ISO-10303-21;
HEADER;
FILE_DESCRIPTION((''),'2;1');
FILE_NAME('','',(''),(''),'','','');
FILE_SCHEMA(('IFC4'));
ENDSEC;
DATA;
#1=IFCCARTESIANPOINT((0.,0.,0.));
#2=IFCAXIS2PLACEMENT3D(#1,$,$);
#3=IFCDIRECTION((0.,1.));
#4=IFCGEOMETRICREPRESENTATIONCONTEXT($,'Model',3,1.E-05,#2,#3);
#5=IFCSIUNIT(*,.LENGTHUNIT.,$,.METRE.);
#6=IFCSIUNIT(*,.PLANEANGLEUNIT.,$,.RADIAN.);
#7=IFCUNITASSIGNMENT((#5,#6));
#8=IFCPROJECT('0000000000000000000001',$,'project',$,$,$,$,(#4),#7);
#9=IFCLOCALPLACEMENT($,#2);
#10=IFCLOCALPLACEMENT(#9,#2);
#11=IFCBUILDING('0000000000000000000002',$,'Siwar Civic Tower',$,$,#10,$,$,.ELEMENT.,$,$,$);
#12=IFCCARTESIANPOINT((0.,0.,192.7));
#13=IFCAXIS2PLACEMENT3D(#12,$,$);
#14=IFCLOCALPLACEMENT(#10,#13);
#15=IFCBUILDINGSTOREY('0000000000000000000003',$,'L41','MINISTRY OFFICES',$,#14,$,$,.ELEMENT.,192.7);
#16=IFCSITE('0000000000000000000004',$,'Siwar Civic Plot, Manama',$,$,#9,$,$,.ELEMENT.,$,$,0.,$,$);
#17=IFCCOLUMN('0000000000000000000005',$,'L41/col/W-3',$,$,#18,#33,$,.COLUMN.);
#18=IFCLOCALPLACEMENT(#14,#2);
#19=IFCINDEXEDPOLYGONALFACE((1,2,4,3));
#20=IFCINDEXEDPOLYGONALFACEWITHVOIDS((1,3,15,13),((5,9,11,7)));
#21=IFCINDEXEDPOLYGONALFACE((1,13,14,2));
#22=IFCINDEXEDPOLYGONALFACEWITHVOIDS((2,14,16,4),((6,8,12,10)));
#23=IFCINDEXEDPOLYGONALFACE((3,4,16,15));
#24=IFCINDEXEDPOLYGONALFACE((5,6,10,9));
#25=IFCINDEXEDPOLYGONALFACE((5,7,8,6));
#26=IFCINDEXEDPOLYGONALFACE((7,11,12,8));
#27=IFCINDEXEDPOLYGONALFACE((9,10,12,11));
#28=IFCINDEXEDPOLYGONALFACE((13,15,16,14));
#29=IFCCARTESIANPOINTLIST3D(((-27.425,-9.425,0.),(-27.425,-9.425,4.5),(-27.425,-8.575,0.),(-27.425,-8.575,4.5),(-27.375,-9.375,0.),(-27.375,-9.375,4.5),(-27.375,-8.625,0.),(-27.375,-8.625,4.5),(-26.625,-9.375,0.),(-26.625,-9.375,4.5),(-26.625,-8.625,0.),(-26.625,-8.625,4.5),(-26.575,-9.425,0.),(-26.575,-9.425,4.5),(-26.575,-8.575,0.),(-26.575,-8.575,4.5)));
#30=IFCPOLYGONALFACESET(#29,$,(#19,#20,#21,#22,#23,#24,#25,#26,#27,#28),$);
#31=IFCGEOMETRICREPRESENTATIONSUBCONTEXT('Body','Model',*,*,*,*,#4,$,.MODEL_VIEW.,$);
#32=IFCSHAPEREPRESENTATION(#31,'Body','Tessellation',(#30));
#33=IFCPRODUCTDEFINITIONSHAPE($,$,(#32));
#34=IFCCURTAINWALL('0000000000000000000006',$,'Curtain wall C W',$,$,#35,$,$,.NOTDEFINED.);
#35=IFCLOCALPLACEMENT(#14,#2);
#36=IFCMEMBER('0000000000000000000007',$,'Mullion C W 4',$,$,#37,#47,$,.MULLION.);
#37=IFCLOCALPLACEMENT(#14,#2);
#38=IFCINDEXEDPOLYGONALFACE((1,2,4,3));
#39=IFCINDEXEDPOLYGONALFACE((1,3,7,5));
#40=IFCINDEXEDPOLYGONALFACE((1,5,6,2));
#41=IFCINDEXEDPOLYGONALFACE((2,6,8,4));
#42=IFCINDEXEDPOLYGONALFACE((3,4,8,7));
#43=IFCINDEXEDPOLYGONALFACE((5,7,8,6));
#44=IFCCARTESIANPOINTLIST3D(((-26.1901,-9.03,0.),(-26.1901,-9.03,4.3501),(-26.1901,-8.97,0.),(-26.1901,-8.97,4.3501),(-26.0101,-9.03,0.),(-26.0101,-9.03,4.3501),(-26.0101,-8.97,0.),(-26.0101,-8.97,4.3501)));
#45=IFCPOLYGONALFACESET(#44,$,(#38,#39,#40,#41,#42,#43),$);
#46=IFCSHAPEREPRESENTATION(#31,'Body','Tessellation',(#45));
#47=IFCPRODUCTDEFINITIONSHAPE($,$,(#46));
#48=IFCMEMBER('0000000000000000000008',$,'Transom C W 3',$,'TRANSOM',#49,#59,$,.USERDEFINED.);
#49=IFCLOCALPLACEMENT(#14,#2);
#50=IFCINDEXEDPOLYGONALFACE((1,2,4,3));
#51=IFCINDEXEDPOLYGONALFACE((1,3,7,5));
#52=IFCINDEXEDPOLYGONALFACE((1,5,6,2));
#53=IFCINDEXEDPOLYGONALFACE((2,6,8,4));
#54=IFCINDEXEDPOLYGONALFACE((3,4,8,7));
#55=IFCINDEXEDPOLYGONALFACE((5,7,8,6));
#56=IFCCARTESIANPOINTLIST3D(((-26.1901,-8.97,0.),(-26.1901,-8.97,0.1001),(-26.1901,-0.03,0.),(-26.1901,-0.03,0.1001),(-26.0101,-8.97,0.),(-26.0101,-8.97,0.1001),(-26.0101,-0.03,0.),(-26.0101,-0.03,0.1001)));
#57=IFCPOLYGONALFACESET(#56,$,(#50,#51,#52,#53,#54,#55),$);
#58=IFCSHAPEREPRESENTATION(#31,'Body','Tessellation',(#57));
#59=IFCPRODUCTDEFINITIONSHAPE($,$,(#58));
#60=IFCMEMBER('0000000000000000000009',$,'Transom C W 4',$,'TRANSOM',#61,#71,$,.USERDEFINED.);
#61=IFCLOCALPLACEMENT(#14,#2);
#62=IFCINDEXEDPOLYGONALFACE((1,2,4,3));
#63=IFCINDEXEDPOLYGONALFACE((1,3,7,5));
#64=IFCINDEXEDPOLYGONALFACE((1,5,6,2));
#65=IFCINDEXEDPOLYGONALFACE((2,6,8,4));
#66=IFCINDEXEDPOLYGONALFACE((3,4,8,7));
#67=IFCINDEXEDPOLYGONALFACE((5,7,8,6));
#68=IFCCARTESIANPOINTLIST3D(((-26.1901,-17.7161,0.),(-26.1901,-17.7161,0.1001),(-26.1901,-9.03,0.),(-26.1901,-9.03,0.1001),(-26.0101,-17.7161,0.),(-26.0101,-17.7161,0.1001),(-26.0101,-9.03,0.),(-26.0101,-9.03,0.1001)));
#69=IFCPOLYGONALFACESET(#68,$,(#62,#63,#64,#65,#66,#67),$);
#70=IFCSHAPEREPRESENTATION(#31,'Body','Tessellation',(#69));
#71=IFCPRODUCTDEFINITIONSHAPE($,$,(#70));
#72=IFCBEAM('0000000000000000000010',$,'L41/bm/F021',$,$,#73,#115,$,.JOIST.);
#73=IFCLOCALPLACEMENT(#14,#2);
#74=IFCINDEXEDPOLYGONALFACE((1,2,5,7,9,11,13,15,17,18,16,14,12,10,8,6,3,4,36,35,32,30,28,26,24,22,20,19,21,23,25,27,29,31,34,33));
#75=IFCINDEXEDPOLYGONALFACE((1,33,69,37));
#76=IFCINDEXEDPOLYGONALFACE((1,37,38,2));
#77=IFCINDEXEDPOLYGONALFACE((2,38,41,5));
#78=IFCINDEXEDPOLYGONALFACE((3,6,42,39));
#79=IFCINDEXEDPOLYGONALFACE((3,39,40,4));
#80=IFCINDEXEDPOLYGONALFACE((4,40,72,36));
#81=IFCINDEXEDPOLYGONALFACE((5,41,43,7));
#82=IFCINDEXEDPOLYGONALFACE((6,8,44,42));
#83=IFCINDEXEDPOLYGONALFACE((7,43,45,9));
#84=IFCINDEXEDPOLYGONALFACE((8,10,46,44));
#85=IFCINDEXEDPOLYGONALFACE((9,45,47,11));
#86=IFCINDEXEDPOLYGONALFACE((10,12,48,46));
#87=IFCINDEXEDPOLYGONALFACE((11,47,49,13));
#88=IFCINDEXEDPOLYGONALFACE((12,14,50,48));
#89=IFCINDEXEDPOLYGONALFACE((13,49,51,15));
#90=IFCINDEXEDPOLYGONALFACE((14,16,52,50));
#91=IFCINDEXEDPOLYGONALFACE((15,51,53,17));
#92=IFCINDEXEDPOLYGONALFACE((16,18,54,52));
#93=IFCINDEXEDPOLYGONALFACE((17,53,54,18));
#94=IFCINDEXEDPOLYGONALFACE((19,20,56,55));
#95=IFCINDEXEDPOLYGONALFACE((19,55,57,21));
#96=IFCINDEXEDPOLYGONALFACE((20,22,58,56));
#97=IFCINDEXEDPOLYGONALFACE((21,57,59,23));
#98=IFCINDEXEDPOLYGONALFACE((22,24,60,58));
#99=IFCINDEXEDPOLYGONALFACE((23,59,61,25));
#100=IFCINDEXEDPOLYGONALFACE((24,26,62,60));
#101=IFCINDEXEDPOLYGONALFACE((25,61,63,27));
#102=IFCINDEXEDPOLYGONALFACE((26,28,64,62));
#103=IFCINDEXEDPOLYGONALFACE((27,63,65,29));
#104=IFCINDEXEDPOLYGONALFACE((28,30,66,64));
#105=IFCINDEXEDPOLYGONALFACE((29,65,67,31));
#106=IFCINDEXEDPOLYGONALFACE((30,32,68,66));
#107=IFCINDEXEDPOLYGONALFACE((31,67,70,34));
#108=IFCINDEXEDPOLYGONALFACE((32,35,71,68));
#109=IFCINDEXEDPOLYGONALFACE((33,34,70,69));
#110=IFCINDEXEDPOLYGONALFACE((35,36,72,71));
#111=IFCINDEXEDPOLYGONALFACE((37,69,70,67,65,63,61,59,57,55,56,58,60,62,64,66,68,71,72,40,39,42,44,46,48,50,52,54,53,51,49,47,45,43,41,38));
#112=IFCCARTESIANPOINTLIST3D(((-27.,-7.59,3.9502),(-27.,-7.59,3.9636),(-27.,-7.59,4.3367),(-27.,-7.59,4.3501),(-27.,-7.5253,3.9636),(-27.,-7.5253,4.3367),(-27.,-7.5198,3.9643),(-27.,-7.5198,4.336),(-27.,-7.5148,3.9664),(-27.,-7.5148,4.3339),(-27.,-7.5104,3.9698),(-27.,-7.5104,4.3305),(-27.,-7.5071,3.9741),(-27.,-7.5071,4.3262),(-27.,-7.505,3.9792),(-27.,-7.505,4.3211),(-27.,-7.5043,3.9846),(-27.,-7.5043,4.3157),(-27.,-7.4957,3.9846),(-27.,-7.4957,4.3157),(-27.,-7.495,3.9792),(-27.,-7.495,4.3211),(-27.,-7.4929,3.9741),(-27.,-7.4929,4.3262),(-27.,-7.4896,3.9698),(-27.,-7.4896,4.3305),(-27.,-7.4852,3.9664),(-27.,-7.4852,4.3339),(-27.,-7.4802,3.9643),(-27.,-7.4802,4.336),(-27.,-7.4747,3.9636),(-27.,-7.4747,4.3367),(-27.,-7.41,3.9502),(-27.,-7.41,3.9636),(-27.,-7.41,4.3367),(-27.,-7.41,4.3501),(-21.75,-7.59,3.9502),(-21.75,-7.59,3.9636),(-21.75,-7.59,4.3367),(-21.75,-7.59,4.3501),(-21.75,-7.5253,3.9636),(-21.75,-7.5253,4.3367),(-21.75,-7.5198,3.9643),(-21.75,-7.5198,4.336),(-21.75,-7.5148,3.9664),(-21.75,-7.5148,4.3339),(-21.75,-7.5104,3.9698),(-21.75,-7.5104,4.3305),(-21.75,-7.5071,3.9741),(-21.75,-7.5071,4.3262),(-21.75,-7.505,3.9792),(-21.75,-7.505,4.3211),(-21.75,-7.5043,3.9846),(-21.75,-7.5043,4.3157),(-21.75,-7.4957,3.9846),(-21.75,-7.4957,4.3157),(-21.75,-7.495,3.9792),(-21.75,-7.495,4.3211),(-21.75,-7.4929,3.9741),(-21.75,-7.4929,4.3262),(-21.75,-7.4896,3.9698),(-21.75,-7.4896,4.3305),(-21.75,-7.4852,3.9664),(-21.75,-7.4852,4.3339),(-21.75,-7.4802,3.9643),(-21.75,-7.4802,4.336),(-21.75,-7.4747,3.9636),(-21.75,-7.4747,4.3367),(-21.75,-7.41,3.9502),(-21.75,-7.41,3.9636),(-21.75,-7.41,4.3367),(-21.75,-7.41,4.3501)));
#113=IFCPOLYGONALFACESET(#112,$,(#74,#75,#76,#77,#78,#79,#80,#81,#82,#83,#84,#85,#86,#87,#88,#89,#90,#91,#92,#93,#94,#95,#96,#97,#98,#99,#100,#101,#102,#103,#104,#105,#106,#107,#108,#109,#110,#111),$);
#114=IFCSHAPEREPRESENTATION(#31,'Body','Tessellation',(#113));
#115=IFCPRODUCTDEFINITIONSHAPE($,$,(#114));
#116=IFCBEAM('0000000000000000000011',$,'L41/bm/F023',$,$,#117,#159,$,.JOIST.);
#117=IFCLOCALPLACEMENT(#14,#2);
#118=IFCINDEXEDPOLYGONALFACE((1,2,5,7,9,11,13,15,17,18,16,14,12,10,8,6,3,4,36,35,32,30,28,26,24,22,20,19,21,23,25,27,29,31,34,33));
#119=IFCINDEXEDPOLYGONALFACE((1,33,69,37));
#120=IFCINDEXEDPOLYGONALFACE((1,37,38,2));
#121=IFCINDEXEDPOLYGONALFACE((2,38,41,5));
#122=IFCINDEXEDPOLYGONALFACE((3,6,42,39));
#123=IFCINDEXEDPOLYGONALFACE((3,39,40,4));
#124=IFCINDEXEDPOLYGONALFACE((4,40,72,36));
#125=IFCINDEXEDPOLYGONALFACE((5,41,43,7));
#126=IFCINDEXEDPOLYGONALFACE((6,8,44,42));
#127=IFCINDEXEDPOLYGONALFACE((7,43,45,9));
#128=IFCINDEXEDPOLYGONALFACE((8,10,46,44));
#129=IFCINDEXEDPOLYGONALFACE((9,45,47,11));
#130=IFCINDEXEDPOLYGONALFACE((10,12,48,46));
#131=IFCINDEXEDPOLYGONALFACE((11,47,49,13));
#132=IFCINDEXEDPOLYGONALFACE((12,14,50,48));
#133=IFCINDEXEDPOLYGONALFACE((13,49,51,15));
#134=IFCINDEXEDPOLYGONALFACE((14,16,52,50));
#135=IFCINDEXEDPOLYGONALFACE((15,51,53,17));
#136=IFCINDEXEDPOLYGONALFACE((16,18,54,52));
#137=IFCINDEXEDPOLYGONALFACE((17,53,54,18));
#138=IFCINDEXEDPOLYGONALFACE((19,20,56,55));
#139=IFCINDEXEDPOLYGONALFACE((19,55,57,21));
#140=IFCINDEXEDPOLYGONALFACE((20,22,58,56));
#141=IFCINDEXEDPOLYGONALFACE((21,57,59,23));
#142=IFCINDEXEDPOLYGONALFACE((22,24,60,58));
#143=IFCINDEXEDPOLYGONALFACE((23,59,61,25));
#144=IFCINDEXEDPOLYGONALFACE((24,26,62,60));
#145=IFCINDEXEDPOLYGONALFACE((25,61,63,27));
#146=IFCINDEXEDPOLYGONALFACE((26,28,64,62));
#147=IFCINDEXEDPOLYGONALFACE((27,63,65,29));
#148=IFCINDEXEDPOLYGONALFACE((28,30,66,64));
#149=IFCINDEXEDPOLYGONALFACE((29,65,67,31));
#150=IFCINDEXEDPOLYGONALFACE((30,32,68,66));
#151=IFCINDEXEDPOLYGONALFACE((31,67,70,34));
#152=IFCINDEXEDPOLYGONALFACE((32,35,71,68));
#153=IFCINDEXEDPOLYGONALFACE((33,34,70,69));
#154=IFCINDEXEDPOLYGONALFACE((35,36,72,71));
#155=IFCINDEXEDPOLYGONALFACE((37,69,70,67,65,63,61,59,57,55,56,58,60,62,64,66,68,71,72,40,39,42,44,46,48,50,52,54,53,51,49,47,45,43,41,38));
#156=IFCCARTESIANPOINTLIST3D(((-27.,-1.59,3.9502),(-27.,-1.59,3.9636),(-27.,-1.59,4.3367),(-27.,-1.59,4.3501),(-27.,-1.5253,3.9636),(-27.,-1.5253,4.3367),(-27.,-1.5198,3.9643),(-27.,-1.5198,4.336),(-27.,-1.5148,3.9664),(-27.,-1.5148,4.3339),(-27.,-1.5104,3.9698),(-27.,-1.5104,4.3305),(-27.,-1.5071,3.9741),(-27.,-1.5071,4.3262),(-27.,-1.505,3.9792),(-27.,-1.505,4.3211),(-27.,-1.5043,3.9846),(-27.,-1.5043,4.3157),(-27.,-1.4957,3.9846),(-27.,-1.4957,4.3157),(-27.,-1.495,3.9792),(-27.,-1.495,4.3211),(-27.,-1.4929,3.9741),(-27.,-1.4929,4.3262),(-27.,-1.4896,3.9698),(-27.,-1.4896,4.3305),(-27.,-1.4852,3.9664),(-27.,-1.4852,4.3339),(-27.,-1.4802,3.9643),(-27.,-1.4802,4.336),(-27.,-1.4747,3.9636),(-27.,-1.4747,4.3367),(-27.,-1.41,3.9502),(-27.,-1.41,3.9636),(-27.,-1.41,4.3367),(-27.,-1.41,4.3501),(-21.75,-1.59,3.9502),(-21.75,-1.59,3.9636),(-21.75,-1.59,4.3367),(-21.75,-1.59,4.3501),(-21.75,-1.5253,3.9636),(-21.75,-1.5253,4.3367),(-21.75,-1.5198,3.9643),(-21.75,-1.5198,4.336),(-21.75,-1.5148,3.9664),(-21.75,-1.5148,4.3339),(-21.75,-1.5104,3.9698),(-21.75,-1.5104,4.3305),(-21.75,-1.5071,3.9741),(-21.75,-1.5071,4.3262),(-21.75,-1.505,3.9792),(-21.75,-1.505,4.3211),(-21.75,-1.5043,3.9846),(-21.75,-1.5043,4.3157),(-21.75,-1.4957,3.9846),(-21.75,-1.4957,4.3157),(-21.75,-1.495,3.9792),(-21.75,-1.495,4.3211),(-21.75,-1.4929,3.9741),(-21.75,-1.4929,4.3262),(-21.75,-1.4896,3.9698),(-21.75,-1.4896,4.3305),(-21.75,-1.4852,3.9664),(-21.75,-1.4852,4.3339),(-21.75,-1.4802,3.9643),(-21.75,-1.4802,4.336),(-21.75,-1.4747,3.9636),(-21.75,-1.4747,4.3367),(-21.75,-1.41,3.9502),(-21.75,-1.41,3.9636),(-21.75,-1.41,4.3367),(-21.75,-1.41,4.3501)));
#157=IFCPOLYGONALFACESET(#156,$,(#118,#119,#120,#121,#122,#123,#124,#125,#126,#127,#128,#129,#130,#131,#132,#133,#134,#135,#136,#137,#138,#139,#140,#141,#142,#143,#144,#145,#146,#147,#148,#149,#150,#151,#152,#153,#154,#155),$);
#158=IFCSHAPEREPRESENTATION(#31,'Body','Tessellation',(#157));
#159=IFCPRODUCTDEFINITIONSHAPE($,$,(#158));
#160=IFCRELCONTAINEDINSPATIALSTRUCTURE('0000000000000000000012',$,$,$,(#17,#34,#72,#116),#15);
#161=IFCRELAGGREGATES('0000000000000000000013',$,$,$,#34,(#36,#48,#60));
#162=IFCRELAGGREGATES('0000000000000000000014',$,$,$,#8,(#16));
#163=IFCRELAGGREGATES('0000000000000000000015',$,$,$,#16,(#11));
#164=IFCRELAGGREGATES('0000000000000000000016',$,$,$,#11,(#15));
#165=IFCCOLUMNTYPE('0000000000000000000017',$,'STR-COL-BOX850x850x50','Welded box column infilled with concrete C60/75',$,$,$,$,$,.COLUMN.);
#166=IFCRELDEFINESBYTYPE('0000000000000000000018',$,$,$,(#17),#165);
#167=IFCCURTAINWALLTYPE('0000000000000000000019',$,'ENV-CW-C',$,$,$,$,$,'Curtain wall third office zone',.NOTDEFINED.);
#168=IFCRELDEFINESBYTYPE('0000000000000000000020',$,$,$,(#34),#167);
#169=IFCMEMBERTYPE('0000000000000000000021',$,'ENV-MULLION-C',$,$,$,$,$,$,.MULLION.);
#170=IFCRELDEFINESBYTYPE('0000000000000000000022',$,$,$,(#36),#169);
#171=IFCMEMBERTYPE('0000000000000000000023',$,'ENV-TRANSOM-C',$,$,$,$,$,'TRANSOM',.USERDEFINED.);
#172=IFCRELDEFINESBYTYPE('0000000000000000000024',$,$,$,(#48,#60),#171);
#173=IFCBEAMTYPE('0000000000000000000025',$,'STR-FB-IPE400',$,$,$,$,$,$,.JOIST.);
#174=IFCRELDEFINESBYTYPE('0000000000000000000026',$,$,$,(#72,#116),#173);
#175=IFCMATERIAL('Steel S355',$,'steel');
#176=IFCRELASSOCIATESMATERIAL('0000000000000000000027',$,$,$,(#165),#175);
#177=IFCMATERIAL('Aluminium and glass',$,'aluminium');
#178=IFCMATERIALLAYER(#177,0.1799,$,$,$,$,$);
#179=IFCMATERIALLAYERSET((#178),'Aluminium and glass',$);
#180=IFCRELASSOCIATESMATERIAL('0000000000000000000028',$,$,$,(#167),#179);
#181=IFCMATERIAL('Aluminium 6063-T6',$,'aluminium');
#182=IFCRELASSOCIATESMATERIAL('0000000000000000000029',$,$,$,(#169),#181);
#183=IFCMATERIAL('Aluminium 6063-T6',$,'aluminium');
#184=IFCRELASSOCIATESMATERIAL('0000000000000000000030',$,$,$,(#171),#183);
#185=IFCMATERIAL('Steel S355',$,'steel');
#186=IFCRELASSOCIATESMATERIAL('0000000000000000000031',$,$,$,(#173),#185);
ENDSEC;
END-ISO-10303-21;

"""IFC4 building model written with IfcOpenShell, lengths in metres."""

from ifc_helpers import new_model, si_unit, direction, frame, origin, origin_2d, place, context, subcontext, project, spatial, rectangle, hollow_rectangle, i_section, extrude, material, layer, layer_set, material_profile, profile_set, type_object, element, aggregate, save


model = new_model("IFC4")

# Units and contexts
model_context = context("Model", 3, precision=1e-05, world=origin(), true_north=direction((0.0, 1.0)))
body_context = subcontext(model_context, "Body", "Model", "MODEL_VIEW")
ifc_project = project(units=[si_unit("LENGTHUNIT", "METRE"), si_unit("PLANEANGLEUNIT", "RADIAN")], contexts=[model_context])

# Site, building, storey
site_placement = place(None, origin())
site = spatial("IfcSite", under=ifc_project, at=site_placement, Name="Siwar Civic Plot, Manama", CompositionType="ELEMENT", RefElevation=0.0)
building_placement = place(site_placement, origin())
building = spatial("IfcBuilding", under=site, at=building_placement, Name="Siwar Civic Tower", CompositionType="ELEMENT")
storey_placement = place(building_placement, frame((0.0, 0.0, 192.7)))
storey = spatial("IfcBuildingStorey", under=building, at=storey_placement, Name="L41", Description="MINISTRY OFFICES", CompositionType="ELEMENT", Elevation=192.7)

# Column
ifc_material_1 = material(Name="Steel S355", Category="steel")
ifc_material_profile_1 = material_profile(ifc_material_1, hollow_rectangle(XDim=0.8501, YDim=0.8501, WallThickness=0.05, at=origin_2d()), Name="BOX850x850x50")
ifc_profile_set_1 = profile_set([ifc_material_profile_1], Name="Steel S355")
column_type = type_object("IfcColumnType", Name="STR-COL-BOX850x850x50", Description="Welded box column infilled with concrete C60/75", PredefinedType="COLUMN", material=ifc_profile_set_1)
column_placement = place(storey_placement, frame((-27.0, -9.0, 0.0), z_axis=(0.0, 0.0, 1.0), x_axis=(1.0, 0.0, 0.0)))
element("IfcColumn", 1, at=column_placement, inside=storey, type_object=column_type, Name="L41/col/W-3", PredefinedType="COLUMN", context=body_context, shape_type="SweptSolid", body=[
    extrude(hollow_rectangle(XDim=0.8501, YDim=0.8501, WallThickness=0.05, at=origin_2d()), origin(), (0.0, 0.0, 1.0), 4.5),
])

# Curtain wall, members
ifc_material_2 = material(Name="Aluminium and glass", Category="aluminium")
ifc_layer_1 = layer(ifc_material_2, 0.1799)
ifc_layer_set_1 = layer_set([ifc_layer_1], Name="Aluminium and glass")
curtain_wall_type = type_object("IfcCurtainWallType", Name="ENV-CW-C", ElementType="Curtain wall third office zone", PredefinedType="NOTDEFINED", material=ifc_layer_set_1)
curtain_wall_placement = place(storey_placement, origin())
curtain_wall = element("IfcCurtainWall", 2, at=curtain_wall_placement, inside=storey, type_object=curtain_wall_type, Name="Curtain wall C W", PredefinedType="NOTDEFINED")
ifc_material_3 = material(Name="Aluminium 6063-T6", Category="aluminium")
ifc_material_profile_2 = material_profile(ifc_material_3, rectangle(XDim=0.1799, YDim=0.0601, at=origin_2d()), Name="AL 180x60")
ifc_profile_set_2 = profile_set([ifc_material_profile_2], Name="Aluminium 6063-T6")
member_type_1 = type_object("IfcMemberType", Name="ENV-MULLION-C", PredefinedType="MULLION", material=ifc_profile_set_2)
member_1_placement = place(storey_placement, frame((-26.1001, -9.0, 0.0), z_axis=(0.0, 0.0, 1.0), x_axis=(1.0, 0.0, 0.0)))
member_1 = element("IfcMember", 3, at=member_1_placement, type_object=member_type_1, Name="Mullion C W 4", PredefinedType="MULLION", context=body_context, shape_type="SweptSolid", body=[
    extrude(rectangle(XDim=0.1799, YDim=0.0601, at=origin_2d()), origin(), (0.0, 0.0, 1.0), 4.3501),
])
ifc_material_4 = material(Name="Aluminium 6063-T6", Category="aluminium")
ifc_material_profile_3 = material_profile(ifc_material_4, rectangle(XDim=0.1799, YDim=0.1001, at=origin_2d()), Name="AL 180x100")
ifc_profile_set_3 = profile_set([ifc_material_profile_3], Name="Aluminium 6063-T6")
member_type_2 = type_object("IfcMemberType", Name="ENV-TRANSOM-C", ElementType="TRANSOM", PredefinedType="USERDEFINED", material=ifc_profile_set_3)
member_2_placement = place(storey_placement, frame((-26.1001, -0.03, 0.05), z_axis=(0.0, -1.0, 0.0), x_axis=(1.0, 0.0, 0.0)))
member_2 = element("IfcMember", 4, at=member_2_placement, type_object=member_type_2, Name="Transom C W 3", ObjectType="TRANSOM", PredefinedType="USERDEFINED", context=body_context, shape_type="SweptSolid", body=[
    extrude(rectangle(XDim=0.1799, YDim=0.1001, at=origin_2d()), origin(), (0.0, 0.0, 1.0), 8.9399),
])
member_3_placement = place(storey_placement, frame((-26.1001, -9.03, 0.05), z_axis=(0.0, -1.0, 0.0), x_axis=(1.0, 0.0, 0.0)))
member_3 = element("IfcMember", 5, at=member_3_placement, type_object=member_type_2, Name="Transom C W 4", ObjectType="TRANSOM", PredefinedType="USERDEFINED", context=body_context, shape_type="SweptSolid", body=[
    extrude(rectangle(XDim=0.1799, YDim=0.1001, at=origin_2d()), origin(), (0.0, 0.0, 1.0), 8.686),
])

# Beams
ifc_material_5 = material(Name="Steel S355", Category="steel")
ifc_material_profile_4 = material_profile(ifc_material_5, i_section(OverallWidth=0.1799, OverallDepth=0.3999, WebThickness=0.0085, FlangeThickness=0.0134, FilletRadius=0.021, at=origin_2d()), Name="IPE400")
ifc_profile_set_4 = profile_set([ifc_material_profile_4], Name="Steel S355")
beam_type_1 = type_object("IfcBeamType", Name="STR-FB-IPE400", PredefinedType="JOIST", material=ifc_profile_set_4)
for number, where, z_axis, x_axis, name in (
    (6, (-27.0, -7.5, 4.1501), (1.0, 0.0, 0.0), (0.0, 1.0, 0.0), "L41/bm/F021"),
    (7, (-27.0, -1.5, 4.1501), (1.0, 0.0, 0.0), (0.0, 1.0, 0.0), "L41/bm/F023"),
):
    element("IfcBeam", number, at=place(storey_placement, frame(where, z_axis=z_axis, x_axis=x_axis)), inside=storey, type_object=beam_type_1, Name=name, PredefinedType="JOIST", context=body_context, shape_type="SweptSolid", body=[
        extrude(i_section(OverallWidth=0.1799, OverallDepth=0.3999, WebThickness=0.0085, FlangeThickness=0.0134, FilletRadius=0.021, at=origin_2d()), origin(), (0.0, 0.0, 1.0), 5.25),
    ])

aggregate(curtain_wall, [member_1, member_2, member_3])

save(model, "model.ifc")
